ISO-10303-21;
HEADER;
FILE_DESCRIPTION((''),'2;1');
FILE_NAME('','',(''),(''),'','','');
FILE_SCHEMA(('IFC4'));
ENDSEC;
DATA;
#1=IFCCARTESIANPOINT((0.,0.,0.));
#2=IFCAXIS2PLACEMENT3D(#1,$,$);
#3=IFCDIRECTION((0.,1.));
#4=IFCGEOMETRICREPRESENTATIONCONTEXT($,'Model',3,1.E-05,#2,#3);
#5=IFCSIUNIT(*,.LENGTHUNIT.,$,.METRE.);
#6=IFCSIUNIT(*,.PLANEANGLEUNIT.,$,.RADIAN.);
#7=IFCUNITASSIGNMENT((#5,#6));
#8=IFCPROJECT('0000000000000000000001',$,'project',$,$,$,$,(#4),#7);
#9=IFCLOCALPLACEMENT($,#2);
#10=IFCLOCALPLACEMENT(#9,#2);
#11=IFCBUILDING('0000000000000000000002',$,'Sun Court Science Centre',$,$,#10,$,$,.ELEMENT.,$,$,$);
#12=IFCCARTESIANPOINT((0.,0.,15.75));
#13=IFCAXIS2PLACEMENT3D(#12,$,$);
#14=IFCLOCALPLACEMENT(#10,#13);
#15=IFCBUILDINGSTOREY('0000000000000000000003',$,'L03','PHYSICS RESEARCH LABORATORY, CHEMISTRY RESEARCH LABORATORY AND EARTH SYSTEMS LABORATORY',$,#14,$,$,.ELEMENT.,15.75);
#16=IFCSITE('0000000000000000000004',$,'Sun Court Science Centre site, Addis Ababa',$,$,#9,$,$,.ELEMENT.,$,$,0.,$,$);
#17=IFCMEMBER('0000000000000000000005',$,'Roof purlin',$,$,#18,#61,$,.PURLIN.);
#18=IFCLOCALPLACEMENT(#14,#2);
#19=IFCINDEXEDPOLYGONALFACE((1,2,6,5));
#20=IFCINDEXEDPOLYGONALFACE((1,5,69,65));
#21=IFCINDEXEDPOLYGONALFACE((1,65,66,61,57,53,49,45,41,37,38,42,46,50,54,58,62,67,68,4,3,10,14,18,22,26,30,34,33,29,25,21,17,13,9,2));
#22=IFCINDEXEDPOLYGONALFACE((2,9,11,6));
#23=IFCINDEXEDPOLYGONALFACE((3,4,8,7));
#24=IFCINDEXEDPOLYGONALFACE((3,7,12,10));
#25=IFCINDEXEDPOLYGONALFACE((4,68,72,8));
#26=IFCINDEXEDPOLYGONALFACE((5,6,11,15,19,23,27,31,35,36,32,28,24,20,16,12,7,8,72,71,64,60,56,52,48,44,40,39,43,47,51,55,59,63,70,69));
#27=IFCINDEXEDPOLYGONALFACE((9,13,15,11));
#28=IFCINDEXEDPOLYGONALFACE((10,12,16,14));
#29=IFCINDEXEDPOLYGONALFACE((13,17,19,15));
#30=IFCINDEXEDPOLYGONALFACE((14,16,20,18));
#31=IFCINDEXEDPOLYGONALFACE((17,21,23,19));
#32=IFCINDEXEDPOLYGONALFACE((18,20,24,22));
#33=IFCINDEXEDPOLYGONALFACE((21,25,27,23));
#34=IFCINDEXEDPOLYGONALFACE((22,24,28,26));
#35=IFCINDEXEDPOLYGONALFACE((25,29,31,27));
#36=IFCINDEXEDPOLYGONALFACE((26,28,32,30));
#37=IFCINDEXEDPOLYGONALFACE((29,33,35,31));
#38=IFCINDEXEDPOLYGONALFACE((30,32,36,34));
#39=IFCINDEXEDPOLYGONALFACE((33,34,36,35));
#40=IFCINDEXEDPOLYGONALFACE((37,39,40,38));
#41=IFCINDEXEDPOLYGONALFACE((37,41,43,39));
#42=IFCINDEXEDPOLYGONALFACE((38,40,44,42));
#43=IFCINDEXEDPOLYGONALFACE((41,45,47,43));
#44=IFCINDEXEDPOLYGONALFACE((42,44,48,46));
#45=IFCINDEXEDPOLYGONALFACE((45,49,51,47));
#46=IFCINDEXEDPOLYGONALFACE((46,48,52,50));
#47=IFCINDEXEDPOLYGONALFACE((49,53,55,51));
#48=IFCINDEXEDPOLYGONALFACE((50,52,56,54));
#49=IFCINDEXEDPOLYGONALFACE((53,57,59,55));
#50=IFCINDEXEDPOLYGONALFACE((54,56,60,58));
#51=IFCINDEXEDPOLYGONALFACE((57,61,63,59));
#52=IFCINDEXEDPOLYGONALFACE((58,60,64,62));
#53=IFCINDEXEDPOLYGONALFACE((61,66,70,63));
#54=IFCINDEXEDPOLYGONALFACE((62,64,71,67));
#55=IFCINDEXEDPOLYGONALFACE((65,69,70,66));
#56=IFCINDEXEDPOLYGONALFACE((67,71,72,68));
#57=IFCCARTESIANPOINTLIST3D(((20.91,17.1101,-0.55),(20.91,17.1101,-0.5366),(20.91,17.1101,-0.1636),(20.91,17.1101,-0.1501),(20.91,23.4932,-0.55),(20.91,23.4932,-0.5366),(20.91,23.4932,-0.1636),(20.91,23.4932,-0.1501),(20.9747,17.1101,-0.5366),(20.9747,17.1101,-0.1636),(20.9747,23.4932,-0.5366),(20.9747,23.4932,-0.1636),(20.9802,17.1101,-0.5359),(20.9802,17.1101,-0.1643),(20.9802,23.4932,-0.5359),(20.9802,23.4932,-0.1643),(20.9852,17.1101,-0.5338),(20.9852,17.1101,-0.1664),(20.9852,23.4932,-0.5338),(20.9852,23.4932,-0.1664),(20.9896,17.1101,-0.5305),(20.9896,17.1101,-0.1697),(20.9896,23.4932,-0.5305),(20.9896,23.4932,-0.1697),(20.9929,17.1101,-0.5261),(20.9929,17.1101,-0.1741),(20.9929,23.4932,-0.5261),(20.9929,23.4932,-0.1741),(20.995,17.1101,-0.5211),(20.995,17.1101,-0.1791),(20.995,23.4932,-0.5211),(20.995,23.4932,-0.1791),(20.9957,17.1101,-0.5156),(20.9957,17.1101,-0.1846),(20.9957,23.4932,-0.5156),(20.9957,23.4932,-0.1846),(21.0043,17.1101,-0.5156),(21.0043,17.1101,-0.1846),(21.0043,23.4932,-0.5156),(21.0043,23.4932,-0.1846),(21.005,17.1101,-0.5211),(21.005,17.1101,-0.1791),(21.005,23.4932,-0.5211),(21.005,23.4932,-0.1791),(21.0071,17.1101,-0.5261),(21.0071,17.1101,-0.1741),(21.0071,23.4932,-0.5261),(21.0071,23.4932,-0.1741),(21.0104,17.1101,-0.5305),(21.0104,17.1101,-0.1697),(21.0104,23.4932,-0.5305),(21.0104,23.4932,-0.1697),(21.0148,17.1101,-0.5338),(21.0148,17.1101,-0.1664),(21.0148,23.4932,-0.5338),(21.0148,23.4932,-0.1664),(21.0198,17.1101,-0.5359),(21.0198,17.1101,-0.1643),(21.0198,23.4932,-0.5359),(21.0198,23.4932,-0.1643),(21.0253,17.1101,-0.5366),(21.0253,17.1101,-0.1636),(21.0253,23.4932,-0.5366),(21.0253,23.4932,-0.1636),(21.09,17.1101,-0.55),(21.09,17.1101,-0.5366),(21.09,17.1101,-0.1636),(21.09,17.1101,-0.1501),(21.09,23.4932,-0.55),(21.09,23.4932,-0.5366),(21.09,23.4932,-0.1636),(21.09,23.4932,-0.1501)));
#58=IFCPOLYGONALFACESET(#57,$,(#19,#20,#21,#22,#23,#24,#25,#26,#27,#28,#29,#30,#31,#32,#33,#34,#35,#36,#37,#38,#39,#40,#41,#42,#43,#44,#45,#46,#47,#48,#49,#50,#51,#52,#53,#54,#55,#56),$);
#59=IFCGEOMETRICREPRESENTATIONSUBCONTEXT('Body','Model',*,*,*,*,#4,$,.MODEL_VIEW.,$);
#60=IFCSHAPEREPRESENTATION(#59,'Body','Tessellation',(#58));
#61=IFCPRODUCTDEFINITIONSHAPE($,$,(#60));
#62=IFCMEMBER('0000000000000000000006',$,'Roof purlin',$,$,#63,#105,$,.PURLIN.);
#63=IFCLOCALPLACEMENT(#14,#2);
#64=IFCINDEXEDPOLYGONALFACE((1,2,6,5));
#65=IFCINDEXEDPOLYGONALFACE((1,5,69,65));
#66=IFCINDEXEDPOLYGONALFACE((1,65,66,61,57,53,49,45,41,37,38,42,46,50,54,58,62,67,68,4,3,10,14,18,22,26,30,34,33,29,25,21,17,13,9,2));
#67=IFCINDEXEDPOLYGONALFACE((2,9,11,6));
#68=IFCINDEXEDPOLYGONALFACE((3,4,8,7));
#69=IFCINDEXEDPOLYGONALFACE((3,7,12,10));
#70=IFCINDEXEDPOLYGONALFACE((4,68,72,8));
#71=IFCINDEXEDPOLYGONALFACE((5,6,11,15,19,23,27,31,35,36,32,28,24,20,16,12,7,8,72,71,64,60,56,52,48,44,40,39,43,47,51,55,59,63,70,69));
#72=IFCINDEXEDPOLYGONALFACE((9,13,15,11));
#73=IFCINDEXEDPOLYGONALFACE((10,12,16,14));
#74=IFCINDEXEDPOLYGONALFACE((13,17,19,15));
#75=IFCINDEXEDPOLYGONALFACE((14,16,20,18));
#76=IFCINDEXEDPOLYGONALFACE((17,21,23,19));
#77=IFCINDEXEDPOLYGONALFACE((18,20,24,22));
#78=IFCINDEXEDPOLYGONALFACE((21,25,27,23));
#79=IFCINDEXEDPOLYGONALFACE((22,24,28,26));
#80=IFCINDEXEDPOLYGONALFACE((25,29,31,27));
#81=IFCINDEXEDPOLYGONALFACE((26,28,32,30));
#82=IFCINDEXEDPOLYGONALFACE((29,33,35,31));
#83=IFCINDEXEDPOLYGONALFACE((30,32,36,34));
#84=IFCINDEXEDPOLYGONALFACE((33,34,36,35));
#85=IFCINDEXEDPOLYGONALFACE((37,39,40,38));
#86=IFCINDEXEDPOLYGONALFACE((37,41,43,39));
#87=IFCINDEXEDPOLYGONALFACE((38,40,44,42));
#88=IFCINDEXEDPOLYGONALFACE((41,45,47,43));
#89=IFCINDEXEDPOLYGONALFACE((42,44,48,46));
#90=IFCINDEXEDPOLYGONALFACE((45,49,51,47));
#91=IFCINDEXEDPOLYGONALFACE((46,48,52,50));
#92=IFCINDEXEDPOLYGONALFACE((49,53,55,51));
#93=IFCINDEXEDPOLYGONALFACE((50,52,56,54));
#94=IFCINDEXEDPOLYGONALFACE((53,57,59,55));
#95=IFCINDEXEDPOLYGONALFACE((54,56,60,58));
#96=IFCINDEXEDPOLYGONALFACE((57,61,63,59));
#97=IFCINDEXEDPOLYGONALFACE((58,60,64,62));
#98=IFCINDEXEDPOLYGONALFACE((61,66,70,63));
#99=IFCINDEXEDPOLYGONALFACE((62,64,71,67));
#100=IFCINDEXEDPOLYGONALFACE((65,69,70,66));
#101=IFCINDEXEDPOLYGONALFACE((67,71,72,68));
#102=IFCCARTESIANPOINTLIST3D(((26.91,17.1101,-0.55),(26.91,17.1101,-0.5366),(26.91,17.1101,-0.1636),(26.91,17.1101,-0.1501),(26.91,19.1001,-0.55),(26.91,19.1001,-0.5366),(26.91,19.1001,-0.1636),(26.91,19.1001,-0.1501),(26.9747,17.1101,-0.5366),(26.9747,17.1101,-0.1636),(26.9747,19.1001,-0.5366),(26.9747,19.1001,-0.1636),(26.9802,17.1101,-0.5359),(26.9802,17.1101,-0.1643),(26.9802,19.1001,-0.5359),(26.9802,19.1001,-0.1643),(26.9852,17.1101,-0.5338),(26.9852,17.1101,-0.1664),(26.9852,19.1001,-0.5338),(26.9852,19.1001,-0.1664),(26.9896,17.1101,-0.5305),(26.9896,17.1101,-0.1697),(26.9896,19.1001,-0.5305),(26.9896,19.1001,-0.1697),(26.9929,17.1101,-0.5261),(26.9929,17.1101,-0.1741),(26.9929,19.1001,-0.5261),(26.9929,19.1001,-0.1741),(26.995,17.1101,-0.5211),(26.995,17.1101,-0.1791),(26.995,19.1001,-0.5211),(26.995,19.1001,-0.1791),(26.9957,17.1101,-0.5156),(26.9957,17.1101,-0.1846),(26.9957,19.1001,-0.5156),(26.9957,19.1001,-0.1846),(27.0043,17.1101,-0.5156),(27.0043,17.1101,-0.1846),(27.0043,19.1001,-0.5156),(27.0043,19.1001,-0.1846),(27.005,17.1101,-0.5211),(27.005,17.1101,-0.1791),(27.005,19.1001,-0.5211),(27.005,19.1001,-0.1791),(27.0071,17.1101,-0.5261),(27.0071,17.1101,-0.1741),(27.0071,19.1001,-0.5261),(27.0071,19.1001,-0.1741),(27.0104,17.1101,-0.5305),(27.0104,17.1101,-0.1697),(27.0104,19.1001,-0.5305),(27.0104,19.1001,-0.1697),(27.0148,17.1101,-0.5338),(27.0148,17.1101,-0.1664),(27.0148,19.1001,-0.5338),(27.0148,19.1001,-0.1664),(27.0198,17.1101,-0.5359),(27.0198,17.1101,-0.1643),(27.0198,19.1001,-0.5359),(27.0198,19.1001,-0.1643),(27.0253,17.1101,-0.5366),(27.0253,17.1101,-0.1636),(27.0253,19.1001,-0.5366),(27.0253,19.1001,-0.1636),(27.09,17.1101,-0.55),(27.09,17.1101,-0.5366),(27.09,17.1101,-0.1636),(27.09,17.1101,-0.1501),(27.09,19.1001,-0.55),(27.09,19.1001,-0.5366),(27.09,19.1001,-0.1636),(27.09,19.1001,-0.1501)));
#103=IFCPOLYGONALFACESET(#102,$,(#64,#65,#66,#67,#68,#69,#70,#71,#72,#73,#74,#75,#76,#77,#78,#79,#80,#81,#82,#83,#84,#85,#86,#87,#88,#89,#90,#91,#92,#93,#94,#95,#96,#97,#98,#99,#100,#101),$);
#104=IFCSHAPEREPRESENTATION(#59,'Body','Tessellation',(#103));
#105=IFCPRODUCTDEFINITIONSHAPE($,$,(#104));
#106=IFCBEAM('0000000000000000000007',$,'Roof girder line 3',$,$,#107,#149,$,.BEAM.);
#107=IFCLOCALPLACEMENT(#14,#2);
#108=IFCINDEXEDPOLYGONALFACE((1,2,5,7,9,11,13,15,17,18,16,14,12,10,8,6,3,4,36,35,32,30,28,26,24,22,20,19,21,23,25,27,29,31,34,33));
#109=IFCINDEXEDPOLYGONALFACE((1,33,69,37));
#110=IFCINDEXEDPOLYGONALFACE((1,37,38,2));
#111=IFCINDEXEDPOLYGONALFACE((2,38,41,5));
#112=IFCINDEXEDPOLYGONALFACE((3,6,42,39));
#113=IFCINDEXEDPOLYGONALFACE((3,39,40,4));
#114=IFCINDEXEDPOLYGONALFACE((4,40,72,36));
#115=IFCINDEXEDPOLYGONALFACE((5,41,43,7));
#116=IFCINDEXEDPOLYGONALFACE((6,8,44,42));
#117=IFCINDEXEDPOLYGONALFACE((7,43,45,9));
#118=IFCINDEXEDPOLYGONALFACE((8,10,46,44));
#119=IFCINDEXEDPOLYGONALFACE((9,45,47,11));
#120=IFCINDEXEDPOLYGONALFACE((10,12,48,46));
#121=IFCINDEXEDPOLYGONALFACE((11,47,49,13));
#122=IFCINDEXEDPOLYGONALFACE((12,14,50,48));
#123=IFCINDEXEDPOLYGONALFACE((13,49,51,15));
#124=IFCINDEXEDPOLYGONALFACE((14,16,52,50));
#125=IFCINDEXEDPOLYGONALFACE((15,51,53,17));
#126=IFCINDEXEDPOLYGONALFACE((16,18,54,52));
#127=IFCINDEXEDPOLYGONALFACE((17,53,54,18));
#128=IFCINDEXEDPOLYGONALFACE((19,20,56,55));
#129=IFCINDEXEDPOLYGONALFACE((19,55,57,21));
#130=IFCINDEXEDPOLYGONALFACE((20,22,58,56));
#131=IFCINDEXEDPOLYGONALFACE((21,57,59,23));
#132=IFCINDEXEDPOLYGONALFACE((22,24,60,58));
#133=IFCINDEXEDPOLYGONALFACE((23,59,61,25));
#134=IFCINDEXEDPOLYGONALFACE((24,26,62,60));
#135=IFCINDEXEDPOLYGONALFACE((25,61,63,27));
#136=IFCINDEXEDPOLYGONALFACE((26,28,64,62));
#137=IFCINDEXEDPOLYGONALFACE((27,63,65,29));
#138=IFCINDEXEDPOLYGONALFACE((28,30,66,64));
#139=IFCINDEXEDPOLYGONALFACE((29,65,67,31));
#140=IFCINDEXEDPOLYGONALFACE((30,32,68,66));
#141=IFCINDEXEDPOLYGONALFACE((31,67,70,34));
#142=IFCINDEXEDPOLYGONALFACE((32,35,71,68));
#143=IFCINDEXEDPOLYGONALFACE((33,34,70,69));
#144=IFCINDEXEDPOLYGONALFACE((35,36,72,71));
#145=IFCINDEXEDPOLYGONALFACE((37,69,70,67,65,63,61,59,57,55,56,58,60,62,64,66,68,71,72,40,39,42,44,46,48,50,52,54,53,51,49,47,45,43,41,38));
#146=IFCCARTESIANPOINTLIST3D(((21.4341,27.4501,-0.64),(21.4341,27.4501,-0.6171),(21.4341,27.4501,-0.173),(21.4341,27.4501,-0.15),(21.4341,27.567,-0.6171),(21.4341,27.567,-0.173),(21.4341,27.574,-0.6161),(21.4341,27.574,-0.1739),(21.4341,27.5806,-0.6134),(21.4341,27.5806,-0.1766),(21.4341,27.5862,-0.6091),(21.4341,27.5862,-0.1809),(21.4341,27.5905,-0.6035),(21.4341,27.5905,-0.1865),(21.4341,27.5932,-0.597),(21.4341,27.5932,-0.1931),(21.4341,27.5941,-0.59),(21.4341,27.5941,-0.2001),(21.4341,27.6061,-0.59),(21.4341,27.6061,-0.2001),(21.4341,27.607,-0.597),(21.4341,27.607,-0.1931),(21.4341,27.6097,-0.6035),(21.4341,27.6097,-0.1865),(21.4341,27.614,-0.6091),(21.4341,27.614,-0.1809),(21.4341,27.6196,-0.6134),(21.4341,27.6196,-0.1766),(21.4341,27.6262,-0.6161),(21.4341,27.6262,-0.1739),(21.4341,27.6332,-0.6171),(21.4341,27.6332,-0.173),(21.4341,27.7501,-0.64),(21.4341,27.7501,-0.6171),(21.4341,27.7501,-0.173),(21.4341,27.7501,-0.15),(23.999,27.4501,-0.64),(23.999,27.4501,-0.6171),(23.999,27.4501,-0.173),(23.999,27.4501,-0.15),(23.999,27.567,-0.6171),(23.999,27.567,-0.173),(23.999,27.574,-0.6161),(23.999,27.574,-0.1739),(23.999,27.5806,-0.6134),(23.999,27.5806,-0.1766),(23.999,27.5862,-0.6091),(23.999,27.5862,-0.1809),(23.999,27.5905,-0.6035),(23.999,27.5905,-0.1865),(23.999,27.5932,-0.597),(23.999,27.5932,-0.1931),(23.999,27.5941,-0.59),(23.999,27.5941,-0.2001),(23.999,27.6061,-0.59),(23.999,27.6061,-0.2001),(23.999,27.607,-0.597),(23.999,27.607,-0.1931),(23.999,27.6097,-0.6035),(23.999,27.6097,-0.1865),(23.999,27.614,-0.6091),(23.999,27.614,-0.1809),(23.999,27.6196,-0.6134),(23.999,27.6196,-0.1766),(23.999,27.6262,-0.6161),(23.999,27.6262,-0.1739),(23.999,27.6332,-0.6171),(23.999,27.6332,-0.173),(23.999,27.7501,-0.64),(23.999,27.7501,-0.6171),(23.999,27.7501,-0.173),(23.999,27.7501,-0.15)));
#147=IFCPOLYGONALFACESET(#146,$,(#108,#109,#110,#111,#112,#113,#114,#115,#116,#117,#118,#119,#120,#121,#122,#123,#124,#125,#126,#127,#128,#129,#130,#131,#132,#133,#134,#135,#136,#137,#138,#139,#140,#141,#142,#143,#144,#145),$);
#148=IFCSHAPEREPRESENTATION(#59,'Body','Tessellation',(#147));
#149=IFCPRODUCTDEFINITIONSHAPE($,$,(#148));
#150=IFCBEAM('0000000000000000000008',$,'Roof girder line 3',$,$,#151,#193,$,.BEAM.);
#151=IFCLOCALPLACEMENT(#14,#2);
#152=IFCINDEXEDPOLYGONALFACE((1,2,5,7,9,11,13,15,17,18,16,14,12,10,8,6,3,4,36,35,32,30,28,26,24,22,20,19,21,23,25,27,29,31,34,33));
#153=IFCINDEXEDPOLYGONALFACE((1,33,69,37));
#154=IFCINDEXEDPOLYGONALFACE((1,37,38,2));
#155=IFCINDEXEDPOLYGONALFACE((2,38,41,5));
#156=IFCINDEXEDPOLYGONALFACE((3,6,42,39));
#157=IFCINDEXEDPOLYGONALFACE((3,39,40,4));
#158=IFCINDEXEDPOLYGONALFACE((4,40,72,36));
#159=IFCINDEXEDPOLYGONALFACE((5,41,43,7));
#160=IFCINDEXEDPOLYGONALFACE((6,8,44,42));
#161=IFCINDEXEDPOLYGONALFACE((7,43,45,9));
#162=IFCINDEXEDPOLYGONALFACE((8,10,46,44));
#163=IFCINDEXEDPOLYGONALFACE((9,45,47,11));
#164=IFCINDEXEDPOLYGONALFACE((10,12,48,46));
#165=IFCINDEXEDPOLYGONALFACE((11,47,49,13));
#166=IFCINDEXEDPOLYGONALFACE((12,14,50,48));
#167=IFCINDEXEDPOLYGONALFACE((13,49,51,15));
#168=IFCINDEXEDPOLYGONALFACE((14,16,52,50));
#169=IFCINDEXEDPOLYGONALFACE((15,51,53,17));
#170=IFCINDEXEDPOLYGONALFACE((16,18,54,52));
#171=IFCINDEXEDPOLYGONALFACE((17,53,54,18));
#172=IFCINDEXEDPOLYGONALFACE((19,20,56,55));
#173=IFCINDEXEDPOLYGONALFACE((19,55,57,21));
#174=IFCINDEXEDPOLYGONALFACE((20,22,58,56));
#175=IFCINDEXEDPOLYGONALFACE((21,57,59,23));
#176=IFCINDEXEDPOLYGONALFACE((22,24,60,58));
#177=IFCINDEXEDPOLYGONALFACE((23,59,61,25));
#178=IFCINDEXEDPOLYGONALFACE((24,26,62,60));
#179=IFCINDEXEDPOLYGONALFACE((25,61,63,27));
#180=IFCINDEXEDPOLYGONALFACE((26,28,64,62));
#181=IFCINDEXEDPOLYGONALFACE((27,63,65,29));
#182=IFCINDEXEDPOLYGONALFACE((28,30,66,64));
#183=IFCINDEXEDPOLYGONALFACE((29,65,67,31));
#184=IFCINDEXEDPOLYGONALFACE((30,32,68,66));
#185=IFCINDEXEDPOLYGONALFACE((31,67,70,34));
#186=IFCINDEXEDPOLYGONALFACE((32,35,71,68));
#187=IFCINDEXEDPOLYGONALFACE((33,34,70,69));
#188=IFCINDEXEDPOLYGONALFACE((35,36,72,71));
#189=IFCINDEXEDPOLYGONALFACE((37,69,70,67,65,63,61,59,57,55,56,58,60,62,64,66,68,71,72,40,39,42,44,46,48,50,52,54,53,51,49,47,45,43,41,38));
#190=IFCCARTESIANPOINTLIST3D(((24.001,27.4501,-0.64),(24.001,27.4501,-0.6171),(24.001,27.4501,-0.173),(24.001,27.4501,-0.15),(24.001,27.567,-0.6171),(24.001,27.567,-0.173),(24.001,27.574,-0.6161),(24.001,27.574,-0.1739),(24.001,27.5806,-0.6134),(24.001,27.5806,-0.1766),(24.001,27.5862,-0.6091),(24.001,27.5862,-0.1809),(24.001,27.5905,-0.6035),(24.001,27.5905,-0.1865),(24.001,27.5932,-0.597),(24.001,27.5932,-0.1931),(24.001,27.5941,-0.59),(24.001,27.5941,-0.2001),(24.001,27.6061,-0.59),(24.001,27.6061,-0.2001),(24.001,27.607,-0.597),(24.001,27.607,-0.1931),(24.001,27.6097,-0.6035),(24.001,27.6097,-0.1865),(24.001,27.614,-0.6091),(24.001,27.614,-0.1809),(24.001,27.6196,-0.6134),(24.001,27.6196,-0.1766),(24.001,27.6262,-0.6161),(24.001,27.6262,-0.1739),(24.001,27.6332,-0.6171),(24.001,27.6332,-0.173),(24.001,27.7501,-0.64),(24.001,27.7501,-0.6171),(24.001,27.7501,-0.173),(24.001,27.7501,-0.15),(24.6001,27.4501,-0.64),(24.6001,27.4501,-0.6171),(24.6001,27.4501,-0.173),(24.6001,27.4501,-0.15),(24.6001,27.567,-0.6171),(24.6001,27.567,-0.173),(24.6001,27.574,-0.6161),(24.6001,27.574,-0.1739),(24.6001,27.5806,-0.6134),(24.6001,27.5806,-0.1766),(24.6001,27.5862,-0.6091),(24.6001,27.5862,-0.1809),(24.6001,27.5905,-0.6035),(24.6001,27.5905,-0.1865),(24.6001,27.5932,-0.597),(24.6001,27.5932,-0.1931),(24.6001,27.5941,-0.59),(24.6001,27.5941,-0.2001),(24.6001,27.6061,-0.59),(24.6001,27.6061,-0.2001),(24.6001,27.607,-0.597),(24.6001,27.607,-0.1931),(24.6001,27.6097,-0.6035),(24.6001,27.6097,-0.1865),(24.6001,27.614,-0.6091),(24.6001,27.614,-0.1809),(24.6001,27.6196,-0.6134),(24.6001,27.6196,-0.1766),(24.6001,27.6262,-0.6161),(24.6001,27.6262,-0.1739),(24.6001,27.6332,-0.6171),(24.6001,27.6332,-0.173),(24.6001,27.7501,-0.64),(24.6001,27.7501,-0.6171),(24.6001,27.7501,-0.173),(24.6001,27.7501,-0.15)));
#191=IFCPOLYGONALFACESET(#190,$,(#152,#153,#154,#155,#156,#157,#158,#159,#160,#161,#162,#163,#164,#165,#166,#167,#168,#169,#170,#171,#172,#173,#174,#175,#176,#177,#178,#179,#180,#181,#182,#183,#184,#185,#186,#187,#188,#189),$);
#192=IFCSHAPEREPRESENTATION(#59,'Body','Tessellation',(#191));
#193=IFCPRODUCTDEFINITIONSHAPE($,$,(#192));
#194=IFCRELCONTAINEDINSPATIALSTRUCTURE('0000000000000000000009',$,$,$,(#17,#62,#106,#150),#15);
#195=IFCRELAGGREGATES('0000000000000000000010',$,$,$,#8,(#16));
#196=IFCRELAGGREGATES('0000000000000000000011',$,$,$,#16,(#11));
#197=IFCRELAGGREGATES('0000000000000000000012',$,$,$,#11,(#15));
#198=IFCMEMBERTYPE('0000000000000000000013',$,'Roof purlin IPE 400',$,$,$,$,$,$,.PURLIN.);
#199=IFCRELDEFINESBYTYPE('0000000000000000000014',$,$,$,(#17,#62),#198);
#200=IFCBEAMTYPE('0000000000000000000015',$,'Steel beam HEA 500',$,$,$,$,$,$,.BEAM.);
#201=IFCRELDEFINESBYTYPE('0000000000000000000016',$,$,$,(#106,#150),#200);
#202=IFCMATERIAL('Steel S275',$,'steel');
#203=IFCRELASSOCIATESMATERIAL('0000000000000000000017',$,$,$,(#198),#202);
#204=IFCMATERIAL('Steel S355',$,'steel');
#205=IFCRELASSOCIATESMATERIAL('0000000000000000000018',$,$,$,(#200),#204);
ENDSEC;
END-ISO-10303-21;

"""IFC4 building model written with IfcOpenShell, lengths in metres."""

from ifc_helpers import new_model, si_unit, direction, frame, origin, origin_2d, place, context, subcontext, project, spatial, i_section, extrude, material, material_profile, profile_set, type_object, element, save


model = new_model("IFC4")

# Units and contexts
model_context = context("Model", 3, precision=1e-05, world=origin(), true_north=direction((0.0, 1.0)))
body_context = subcontext(model_context, "Body", "Model", "MODEL_VIEW")
ifc_project = project(units=[si_unit("LENGTHUNIT", "METRE"), si_unit("PLANEANGLEUNIT", "RADIAN")], contexts=[model_context])

# Site, building, storey
site_placement = place(None, origin())
site = spatial("IfcSite", under=ifc_project, at=site_placement, Name="Sun Court Science Centre site, Addis Ababa", CompositionType="ELEMENT", RefElevation=0.0)
building_placement = place(site_placement, origin())
building = spatial("IfcBuilding", under=site, at=building_placement, Name="Sun Court Science Centre", CompositionType="ELEMENT")
storey_placement = place(building_placement, frame((0.0, 0.0, 15.75)))
storey = spatial("IfcBuildingStorey", under=building, at=storey_placement, Name="L03", Description="PHYSICS RESEARCH LABORATORY, CHEMISTRY RESEARCH LABORATORY AND EARTH SYSTEMS LABORATORY", CompositionType="ELEMENT", Elevation=15.75)

# Members
ifc_material_1 = material(Name="Steel S275", Category="steel")
ifc_material_profile_1 = material_profile(ifc_material_1, i_section(OverallWidth=0.1799, OverallDepth=0.3999, WebThickness=0.0085, FlangeThickness=0.0134, FilletRadius=0.021, at=origin_2d()), Name="IPE 400")
ifc_profile_set_1 = profile_set([ifc_material_profile_1], Name="Steel S275")
member_type = type_object("IfcMemberType", Name="Roof purlin IPE 400", PredefinedType="PURLIN", material=ifc_profile_set_1)
member_1_placement = place(storey_placement, frame((21.0, 17.1101, -0.3501), z_axis=(0.0, 1.0, 0.0), x_axis=(-1.0, 0.0, 0.0)))
element("IfcMember", 1, at=member_1_placement, inside=storey, type_object=member_type, Name="Roof purlin", PredefinedType="PURLIN", context=body_context, shape_type="SweptSolid", body=[
    extrude(i_section(OverallWidth=0.1799, OverallDepth=0.3999, WebThickness=0.0085, FlangeThickness=0.0134, FilletRadius=0.021, at=origin_2d()), origin(), (0.0, 0.0, 1.0), 6.3831),
])
member_2_placement = place(storey_placement, frame((27.0, 17.1101, -0.3501), z_axis=(0.0, 1.0, 0.0), x_axis=(-1.0, 0.0, 0.0)))
element("IfcMember", 2, at=member_2_placement, inside=storey, type_object=member_type, Name="Roof purlin", PredefinedType="PURLIN", context=body_context, shape_type="SweptSolid", body=[
    extrude(i_section(OverallWidth=0.1799, OverallDepth=0.3999, WebThickness=0.0085, FlangeThickness=0.0134, FilletRadius=0.021, at=origin_2d()), origin(), (0.0, 0.0, 1.0), 1.99),
])

# Beams
ifc_material_2 = material(Name="Steel S355", Category="steel")
ifc_material_profile_2 = material_profile(ifc_material_2, i_section(OverallWidth=0.3, OverallDepth=0.49, WebThickness=0.012, FlangeThickness=0.0229, FilletRadius=0.0271, at=origin_2d()), Name="HEA 500")
ifc_profile_set_2 = profile_set([ifc_material_profile_2], Name="Steel S355")
beam_type_1 = type_object("IfcBeamType", Name="Steel beam HEA 500", PredefinedType="BEAM", material=ifc_profile_set_2)
beam_1_placement = place(storey_placement, frame((21.4341, 27.6001, -0.395), z_axis=(1.0, 0.0, 0.0), x_axis=(0.0, 1.0, 0.0)))
element("IfcBeam", 3, at=beam_1_placement, inside=storey, type_object=beam_type_1, Name="Roof girder line 3", PredefinedType="BEAM", context=body_context, shape_type="SweptSolid", body=[
    extrude(i_section(OverallWidth=0.3, OverallDepth=0.49, WebThickness=0.012, FlangeThickness=0.0229, FilletRadius=0.0271, at=origin_2d()), origin(), (0.0, 0.0, 1.0), 2.5649),
])
beam_2_placement = place(storey_placement, frame((24.001, 27.6001, -0.395), z_axis=(1.0, 0.0, 0.0), x_axis=(0.0, 1.0, 0.0)))
element("IfcBeam", 4, at=beam_2_placement, inside=storey, type_object=beam_type_1, Name="Roof girder line 3", PredefinedType="BEAM", context=body_context, shape_type="SweptSolid", body=[
    extrude(i_section(OverallWidth=0.3, OverallDepth=0.49, WebThickness=0.012, FlangeThickness=0.0229, FilletRadius=0.0271, at=origin_2d()), origin(), (0.0, 0.0, 1.0), 0.5991),
])

save(model, "model.ifc")
